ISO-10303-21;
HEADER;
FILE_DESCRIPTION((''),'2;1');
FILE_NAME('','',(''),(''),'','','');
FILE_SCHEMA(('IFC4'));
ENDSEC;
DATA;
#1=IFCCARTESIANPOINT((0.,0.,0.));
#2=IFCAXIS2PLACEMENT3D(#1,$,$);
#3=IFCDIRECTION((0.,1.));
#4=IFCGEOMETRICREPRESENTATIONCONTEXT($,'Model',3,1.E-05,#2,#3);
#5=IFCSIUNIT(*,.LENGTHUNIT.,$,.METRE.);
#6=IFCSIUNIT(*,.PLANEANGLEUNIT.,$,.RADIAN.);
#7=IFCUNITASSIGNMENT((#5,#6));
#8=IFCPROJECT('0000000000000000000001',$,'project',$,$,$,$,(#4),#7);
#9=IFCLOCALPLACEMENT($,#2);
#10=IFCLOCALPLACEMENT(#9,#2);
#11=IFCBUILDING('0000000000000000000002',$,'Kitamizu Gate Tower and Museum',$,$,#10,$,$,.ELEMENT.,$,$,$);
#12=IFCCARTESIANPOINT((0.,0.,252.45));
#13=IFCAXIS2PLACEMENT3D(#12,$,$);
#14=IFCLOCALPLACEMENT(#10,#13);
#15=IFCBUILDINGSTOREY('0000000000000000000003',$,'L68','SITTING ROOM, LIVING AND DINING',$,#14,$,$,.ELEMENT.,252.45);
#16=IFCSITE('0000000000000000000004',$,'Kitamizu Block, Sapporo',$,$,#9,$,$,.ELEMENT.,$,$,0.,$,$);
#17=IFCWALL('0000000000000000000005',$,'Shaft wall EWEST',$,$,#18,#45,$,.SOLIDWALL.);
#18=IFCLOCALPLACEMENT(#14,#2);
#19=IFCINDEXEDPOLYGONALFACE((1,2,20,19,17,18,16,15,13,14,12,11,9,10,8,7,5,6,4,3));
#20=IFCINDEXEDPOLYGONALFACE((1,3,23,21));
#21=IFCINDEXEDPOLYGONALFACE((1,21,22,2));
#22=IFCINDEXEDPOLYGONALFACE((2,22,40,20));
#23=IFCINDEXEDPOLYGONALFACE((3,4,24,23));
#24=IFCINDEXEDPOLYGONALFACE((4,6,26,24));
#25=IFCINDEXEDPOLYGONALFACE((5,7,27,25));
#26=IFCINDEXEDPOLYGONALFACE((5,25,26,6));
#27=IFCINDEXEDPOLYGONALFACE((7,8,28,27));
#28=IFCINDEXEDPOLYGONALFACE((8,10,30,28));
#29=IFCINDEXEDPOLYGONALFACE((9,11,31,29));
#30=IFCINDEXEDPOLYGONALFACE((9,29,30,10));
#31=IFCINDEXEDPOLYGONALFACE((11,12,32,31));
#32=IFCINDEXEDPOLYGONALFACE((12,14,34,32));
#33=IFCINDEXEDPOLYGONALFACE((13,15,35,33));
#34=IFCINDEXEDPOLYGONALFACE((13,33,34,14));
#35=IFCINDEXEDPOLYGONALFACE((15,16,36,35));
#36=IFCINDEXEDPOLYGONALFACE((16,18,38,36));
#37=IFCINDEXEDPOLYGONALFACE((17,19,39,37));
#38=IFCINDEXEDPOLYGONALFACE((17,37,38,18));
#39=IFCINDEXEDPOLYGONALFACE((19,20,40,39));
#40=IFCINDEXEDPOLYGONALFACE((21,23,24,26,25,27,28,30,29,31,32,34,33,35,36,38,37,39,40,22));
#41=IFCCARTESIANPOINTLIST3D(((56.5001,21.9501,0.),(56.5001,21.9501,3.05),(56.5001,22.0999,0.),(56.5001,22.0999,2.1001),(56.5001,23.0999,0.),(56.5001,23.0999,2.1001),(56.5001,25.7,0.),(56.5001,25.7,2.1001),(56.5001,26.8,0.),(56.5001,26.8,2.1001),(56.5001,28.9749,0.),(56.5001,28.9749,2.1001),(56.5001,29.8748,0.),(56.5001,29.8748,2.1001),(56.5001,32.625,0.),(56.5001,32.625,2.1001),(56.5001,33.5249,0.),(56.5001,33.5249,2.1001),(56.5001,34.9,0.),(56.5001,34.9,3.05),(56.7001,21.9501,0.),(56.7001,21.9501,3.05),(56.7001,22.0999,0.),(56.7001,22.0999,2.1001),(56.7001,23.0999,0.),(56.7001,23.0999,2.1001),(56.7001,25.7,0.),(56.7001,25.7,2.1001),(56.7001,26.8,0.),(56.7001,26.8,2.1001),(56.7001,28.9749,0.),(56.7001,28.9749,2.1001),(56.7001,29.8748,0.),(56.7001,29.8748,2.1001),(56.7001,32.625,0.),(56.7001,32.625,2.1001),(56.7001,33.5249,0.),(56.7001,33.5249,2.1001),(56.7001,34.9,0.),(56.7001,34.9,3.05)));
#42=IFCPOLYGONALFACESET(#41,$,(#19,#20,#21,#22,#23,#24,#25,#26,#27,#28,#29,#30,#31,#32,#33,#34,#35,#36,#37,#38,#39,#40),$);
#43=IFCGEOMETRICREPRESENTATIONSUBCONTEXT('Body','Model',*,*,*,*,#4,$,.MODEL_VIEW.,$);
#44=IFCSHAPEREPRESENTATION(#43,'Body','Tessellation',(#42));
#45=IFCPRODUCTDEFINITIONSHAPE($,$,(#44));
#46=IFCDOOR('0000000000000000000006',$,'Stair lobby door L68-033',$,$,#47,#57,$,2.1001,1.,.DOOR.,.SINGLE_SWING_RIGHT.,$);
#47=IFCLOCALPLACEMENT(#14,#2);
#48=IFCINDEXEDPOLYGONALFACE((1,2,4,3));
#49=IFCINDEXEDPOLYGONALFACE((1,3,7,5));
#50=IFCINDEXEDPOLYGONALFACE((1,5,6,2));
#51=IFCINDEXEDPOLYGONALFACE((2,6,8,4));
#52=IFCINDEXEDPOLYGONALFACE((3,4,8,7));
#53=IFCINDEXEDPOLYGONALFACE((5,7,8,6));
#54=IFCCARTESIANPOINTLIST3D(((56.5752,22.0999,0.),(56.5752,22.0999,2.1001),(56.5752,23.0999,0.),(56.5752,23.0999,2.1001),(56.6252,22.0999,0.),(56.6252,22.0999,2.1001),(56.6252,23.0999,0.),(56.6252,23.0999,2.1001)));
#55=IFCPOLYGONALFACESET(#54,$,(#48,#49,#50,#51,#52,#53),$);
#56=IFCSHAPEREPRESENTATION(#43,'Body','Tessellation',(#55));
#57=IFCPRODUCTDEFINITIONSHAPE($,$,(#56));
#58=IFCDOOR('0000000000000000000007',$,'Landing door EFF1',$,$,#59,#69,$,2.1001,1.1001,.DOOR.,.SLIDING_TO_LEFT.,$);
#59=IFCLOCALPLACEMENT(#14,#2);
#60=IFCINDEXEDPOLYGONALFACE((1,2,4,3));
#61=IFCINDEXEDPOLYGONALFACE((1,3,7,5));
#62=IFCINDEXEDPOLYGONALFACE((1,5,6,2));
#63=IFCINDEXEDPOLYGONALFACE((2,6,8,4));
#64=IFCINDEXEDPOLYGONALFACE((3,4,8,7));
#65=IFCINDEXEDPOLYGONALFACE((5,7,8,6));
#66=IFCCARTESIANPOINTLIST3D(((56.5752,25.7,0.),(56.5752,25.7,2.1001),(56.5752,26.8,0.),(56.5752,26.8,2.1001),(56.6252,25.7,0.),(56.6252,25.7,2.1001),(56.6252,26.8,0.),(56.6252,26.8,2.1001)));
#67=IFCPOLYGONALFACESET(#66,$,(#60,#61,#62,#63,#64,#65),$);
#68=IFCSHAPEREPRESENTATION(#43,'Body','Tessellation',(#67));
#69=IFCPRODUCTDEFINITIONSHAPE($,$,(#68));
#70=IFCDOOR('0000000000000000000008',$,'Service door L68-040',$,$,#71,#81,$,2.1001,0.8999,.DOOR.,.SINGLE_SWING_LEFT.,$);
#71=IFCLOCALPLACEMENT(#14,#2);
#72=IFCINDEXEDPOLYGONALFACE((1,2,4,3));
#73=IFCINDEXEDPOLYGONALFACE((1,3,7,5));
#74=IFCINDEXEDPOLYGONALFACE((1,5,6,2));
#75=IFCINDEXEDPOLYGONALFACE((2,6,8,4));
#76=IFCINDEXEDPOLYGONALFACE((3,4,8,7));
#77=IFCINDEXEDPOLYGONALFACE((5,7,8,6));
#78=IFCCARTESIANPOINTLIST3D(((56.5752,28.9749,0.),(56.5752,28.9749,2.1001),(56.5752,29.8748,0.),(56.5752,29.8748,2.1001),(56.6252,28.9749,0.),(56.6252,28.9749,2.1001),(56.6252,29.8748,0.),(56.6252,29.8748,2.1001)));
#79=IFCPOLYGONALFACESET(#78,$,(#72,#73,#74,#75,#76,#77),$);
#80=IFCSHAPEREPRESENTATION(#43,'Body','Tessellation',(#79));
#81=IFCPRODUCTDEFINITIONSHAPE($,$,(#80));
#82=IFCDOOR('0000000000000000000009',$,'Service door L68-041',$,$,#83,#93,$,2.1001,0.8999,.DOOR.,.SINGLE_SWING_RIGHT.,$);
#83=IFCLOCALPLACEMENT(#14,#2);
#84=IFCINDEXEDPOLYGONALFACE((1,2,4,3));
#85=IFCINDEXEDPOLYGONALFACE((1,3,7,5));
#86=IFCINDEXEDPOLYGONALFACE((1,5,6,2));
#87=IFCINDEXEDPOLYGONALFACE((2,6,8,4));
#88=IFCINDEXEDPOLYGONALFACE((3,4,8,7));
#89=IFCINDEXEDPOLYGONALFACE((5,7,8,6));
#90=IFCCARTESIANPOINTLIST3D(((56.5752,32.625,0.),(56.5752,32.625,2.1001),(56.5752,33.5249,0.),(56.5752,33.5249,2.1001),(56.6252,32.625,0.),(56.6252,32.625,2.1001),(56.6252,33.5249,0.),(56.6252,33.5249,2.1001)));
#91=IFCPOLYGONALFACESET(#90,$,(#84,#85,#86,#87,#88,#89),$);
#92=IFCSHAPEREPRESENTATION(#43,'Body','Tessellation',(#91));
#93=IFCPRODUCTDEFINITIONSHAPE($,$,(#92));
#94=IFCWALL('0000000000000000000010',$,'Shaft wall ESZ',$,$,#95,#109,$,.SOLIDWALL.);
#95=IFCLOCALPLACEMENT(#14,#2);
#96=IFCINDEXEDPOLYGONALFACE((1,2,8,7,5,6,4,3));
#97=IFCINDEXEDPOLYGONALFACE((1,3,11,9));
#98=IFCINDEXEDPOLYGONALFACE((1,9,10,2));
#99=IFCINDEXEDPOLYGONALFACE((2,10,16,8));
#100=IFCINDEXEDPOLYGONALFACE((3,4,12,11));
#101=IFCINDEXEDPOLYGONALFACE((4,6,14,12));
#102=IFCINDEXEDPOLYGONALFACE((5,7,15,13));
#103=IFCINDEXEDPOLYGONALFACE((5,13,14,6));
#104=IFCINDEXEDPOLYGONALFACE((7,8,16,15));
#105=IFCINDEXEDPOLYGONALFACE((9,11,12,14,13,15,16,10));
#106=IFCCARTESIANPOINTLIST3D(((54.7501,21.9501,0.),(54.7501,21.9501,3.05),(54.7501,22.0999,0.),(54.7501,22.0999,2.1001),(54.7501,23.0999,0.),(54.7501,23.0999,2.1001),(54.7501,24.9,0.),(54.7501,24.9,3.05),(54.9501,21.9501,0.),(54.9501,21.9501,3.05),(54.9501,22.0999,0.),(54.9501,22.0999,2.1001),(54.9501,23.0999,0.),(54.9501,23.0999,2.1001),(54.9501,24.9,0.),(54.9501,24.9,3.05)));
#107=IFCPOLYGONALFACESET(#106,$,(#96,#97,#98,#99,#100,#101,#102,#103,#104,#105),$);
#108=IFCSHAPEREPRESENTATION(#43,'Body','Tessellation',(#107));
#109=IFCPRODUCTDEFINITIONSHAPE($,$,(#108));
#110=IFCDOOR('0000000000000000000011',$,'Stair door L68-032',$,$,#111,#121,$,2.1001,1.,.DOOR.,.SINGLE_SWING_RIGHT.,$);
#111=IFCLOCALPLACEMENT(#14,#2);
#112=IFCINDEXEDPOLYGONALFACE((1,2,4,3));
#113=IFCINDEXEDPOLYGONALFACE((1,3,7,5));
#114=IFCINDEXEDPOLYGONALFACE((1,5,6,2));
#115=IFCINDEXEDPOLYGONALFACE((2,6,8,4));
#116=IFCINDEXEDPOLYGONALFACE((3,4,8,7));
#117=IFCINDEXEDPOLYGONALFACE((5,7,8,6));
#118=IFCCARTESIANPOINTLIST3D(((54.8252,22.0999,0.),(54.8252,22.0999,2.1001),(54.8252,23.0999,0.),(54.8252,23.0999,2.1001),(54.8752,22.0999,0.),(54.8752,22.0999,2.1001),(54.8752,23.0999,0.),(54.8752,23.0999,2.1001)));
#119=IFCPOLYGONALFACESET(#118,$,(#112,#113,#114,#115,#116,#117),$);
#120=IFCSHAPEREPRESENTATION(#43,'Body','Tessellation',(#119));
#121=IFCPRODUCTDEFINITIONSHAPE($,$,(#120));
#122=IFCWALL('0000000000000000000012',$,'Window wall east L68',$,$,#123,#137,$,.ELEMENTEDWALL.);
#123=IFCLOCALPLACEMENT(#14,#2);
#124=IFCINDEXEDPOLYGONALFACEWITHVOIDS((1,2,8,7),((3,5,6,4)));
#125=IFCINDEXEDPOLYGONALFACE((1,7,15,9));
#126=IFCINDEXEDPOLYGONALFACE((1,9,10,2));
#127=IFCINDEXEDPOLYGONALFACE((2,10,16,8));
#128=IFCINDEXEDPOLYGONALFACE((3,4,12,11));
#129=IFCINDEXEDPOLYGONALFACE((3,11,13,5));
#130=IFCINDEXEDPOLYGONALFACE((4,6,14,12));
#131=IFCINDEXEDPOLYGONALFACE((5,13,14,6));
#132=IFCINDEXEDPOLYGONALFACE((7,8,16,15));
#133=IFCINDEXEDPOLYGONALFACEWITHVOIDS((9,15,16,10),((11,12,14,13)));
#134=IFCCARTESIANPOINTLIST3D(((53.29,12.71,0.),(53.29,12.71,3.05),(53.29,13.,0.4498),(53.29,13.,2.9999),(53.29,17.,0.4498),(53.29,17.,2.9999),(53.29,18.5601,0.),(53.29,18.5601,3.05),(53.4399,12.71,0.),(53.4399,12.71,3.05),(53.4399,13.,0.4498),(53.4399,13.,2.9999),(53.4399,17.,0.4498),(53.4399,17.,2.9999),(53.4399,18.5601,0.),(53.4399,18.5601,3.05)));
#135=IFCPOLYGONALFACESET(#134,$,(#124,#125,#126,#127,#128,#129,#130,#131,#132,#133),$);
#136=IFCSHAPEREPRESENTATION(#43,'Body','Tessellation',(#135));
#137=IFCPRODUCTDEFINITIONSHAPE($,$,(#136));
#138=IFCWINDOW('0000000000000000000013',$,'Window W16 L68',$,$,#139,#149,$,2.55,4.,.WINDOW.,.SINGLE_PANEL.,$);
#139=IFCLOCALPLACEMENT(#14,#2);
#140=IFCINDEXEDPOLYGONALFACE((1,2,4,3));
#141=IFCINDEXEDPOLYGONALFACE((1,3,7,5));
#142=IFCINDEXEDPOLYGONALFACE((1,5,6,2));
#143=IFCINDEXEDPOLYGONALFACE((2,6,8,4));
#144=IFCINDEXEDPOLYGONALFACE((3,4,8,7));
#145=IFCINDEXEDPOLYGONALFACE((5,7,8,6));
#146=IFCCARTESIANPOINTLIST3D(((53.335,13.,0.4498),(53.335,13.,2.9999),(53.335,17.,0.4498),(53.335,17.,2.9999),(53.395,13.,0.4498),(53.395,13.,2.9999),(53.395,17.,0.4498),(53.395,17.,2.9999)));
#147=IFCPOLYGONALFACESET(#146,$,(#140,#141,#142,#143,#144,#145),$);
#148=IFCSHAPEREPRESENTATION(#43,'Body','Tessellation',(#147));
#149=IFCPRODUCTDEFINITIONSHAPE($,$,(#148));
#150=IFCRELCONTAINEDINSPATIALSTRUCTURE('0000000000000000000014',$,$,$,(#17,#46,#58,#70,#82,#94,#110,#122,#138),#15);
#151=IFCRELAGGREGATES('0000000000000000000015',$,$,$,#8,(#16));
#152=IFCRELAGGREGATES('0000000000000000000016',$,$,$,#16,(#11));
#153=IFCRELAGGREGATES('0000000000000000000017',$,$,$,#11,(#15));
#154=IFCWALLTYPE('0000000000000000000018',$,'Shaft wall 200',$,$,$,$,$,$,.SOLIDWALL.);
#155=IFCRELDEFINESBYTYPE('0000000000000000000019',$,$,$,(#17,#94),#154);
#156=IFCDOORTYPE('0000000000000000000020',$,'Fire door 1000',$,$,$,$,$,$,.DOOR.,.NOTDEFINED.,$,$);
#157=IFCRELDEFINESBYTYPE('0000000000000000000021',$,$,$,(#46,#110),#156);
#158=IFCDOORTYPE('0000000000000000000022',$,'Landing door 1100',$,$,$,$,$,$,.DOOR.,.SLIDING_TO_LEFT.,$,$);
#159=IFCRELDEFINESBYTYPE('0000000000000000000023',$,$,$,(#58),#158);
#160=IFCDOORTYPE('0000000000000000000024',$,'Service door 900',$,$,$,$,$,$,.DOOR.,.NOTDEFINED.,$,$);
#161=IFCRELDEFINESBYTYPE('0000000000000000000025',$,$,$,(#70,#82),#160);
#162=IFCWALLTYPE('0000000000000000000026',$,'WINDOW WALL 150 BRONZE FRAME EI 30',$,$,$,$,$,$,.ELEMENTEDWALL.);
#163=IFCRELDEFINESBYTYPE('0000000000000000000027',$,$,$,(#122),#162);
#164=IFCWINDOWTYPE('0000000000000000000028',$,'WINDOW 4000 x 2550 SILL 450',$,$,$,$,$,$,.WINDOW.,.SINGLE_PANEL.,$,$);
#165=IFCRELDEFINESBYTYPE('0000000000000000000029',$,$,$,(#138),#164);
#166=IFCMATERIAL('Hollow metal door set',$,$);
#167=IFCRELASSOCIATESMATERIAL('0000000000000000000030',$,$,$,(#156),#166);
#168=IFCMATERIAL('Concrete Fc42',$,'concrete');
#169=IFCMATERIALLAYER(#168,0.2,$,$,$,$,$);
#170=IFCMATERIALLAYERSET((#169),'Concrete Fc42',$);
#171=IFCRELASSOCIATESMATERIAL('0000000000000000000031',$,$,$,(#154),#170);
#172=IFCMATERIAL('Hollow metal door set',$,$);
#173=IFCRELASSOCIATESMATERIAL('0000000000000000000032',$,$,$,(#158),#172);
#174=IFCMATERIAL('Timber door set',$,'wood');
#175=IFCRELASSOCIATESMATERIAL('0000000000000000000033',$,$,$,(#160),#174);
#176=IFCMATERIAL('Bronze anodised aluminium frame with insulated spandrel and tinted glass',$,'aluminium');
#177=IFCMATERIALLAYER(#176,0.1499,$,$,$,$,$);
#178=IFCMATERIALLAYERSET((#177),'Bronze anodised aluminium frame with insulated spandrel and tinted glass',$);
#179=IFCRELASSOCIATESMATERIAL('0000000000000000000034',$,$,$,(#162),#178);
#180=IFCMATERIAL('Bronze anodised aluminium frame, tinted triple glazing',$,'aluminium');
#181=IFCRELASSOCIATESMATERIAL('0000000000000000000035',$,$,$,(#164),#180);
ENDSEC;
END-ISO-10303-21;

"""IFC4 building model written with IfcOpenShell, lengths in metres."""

from ifc_helpers import new_model, si_unit, direction, frame, frame_2d, origin, place, context, subcontext, project, spatial, rectangle, extrude, material, layer, layer_set, type_object, element, fill, save


model = new_model("IFC4")

# Units and contexts
model_context = context("Model", 3, precision=1e-05, world=origin(), true_north=direction((0.0, 1.0)))
body_context = subcontext(model_context, "Body", "Model", "MODEL_VIEW")
ifc_project = project(units=[si_unit("LENGTHUNIT", "METRE"), si_unit("PLANEANGLEUNIT", "RADIAN")], contexts=[model_context])

# Site, building, storey
site_placement = place(None, origin())
site = spatial("IfcSite", under=ifc_project, at=site_placement, Name="Kitamizu Block, Sapporo", CompositionType="ELEMENT", RefElevation=0.0)
building_placement = place(site_placement, origin())
building = spatial("IfcBuilding", under=site, at=building_placement, Name="Kitamizu Gate Tower and Museum", CompositionType="ELEMENT")
storey_placement = place(building_placement, frame((0.0, 0.0, 252.45)))
storey = spatial("IfcBuildingStorey", under=building, at=storey_placement, Name="L68", Description="SITTING ROOM, LIVING AND DINING", CompositionType="ELEMENT", Elevation=252.45)

# Shared definitions
ifc_material_1 = material(Name="Hollow metal door set")
door_type_1 = type_object("IfcDoorType", Name="Fire door 1000", OperationType="NOTDEFINED", PredefinedType="DOOR", material=ifc_material_1)

# Wall, openings, doors
ifc_material_2 = material(Name="Concrete Fc42", Category="concrete")
ifc_layer_1 = layer(ifc_material_2, 0.2)
ifc_layer_set_1 = layer_set([ifc_layer_1], Name="Concrete Fc42")
wall_type_1 = type_object("IfcWallType", Name="Shaft wall 200", PredefinedType="SOLIDWALL", material=ifc_layer_set_1)
wall_1_placement = place(storey_placement, frame((56.6001, 21.95, 0.0), z_axis=(0.0, 0.0, 1.0), x_axis=(0.0, 1.0, 0.0)))
wall_1 = element("IfcWall", 1, at=wall_1_placement, inside=storey, type_object=wall_type_1, Name="Shaft wall EWEST", PredefinedType="SOLIDWALL", context=body_context, shape_type="SweptSolid", body=[
    extrude(rectangle(XDim=12.95, YDim=0.2, at=frame_2d((6.4751, 0.0))), origin(), (0.0, 0.0, 1.0), 3.05),
])
opening_1_placement = place(wall_1_placement, frame((3.75, 0.0, 0.0)))
opening_1 = element("IfcOpeningElement", 2, at=opening_1_placement, cuts=wall_1, PredefinedType="OPENING", context=body_context, shape_type="SweptSolid", body=[
    extrude(rectangle(XDim=1.1001, YDim=2.1001, at=frame_2d((0.55, 1.05))), frame((0.0, 0.1099, 0.0), z_axis=(0.0, -1.0, 0.0), x_axis=(1.0, 0.0, 0.0)), (0.0, 0.0, 1.0), 0.22),
])
opening_2_placement = place(wall_1_placement, frame((0.1499, 0.0, 0.0)))
opening_2 = element("IfcOpeningElement", 3, at=opening_2_placement, cuts=wall_1, PredefinedType="OPENING", context=body_context, shape_type="SweptSolid", body=[
    extrude(rectangle(XDim=1.0, YDim=2.1001, at=frame_2d((0.5, 1.05))), frame((0.0, 0.1099, 0.0), z_axis=(0.0, -1.0, 0.0), x_axis=(1.0, 0.0, 0.0)), (0.0, 0.0, 1.0), 0.22),
])
opening_3_placement = place(wall_1_placement, frame((7.0249, 0.0, 0.0)))
opening_3 = element("IfcOpeningElement", 4, at=opening_3_placement, cuts=wall_1, PredefinedType="OPENING", context=body_context, shape_type="SweptSolid", body=[
    extrude(rectangle(XDim=0.8999, YDim=2.1001, at=frame_2d((0.45, 1.05))), frame((0.0, 0.1099, 0.0), z_axis=(0.0, -1.0, 0.0), x_axis=(1.0, 0.0, 0.0)), (0.0, 0.0, 1.0), 0.22),
])
opening_4_placement = place(wall_1_placement, frame((10.675, 0.0, 0.0)))
opening_4 = element("IfcOpeningElement", 5, at=opening_4_placement, cuts=wall_1, PredefinedType="OPENING", context=body_context, shape_type="SweptSolid", body=[
    extrude(rectangle(XDim=0.8999, YDim=2.1001, at=frame_2d((0.45, 1.05))), frame((0.0, 0.1099, 0.0), z_axis=(0.0, -1.0, 0.0), x_axis=(1.0, 0.0, 0.0)), (0.0, 0.0, 1.0), 0.22),
])
door_1_placement = place(opening_2_placement, origin())
door_1 = element("IfcDoor", 6, at=door_1_placement, inside=storey, type_object=door_type_1, Name="Stair lobby door L68-033", OperationType="SINGLE_SWING_RIGHT", OverallHeight=2.1001, OverallWidth=1.0, PredefinedType="DOOR", context=body_context, shape_type="SweptSolid", body=[
    extrude(rectangle(XDim=1.0, YDim=2.1001, at=frame_2d((0.5, 1.05))), frame((0.0, 0.0249, 0.0), z_axis=(0.0, -1.0, 0.0), x_axis=(1.0, 0.0, 0.0)), (0.0, 0.0, 1.0), 0.05),
])
fill(opening_2, door_1)
ifc_material_3 = material(Name="Hollow metal door set")
door_type_2 = type_object("IfcDoorType", Name="Landing door 1100", OperationType="SLIDING_TO_LEFT", PredefinedType="DOOR", material=ifc_material_3)
door_2_placement = place(opening_1_placement, origin())
door_2 = element("IfcDoor", 7, at=door_2_placement, inside=storey, type_object=door_type_2, Name="Landing door EFF1", OperationType="SLIDING_TO_LEFT", OverallHeight=2.1001, OverallWidth=1.1001, PredefinedType="DOOR", context=body_context, shape_type="SweptSolid", body=[
    extrude(rectangle(XDim=1.1001, YDim=2.1001, at=frame_2d((0.55, 1.05))), frame((0.0, 0.0249, 0.0), z_axis=(0.0, -1.0, 0.0), x_axis=(1.0, 0.0, 0.0)), (0.0, 0.0, 1.0), 0.05),
])
fill(opening_1, door_2)
ifc_material_4 = material(Name="Timber door set", Category="wood")
door_type_3 = type_object("IfcDoorType", Name="Service door 900", OperationType="NOTDEFINED", PredefinedType="DOOR", material=ifc_material_4)
door_3_placement = place(opening_3_placement, origin())
door_3 = element("IfcDoor", 8, at=door_3_placement, inside=storey, type_object=door_type_3, Name="Service door L68-040", OperationType="SINGLE_SWING_LEFT", OverallHeight=2.1001, OverallWidth=0.8999, PredefinedType="DOOR", context=body_context, shape_type="SweptSolid", body=[
    extrude(rectangle(XDim=0.8999, YDim=2.1001, at=frame_2d((0.45, 1.05))), frame((0.0, 0.0249, 0.0), z_axis=(0.0, -1.0, 0.0), x_axis=(1.0, 0.0, 0.0)), (0.0, 0.0, 1.0), 0.05),
])
fill(opening_3, door_3)
door_4_placement = place(opening_4_placement, origin())
door_4 = element("IfcDoor", 9, at=door_4_placement, inside=storey, type_object=door_type_3, Name="Service door L68-041", OperationType="SINGLE_SWING_RIGHT", OverallHeight=2.1001, OverallWidth=0.8999, PredefinedType="DOOR", context=body_context, shape_type="SweptSolid", body=[
    extrude(rectangle(XDim=0.8999, YDim=2.1001, at=frame_2d((0.45, 1.05))), frame((0.0, 0.0249, 0.0), z_axis=(0.0, -1.0, 0.0), x_axis=(1.0, 0.0, 0.0)), (0.0, 0.0, 1.0), 0.05),
])
fill(opening_4, door_4)

# Wall, opening, door
wall_2_placement = place(storey_placement, frame((54.8501, 21.95, 0.0), z_axis=(0.0, 0.0, 1.0), x_axis=(0.0, 1.0, 0.0)))
wall_2 = element("IfcWall", 10, at=wall_2_placement, inside=storey, type_object=wall_type_1, Name="Shaft wall ESZ", PredefinedType="SOLIDWALL", context=body_context, shape_type="SweptSolid", body=[
    extrude(rectangle(XDim=2.95, YDim=0.2, at=frame_2d((1.4751, 0.0))), origin(), (0.0, 0.0, 1.0), 3.05),
])
opening_5_placement = place(wall_2_placement, frame((0.1499, 0.0, 0.0)))
opening_5 = element("IfcOpeningElement", 11, at=opening_5_placement, cuts=wall_2, PredefinedType="OPENING", context=body_context, shape_type="SweptSolid", body=[
    extrude(rectangle(XDim=1.0, YDim=2.1001, at=frame_2d((0.5, 1.05))), frame((0.0, 0.1099, 0.0), z_axis=(0.0, -1.0, 0.0), x_axis=(1.0, 0.0, 0.0)), (0.0, 0.0, 1.0), 0.22),
])
door_5_placement = place(opening_5_placement, origin())
door_5 = element("IfcDoor", 12, at=door_5_placement, inside=storey, type_object=door_type_1, Name="Stair door L68-032", OperationType="SINGLE_SWING_RIGHT", OverallHeight=2.1001, OverallWidth=1.0, PredefinedType="DOOR", context=body_context, shape_type="SweptSolid", body=[
    extrude(rectangle(XDim=1.0, YDim=2.1001, at=frame_2d((0.5, 1.05))), frame((0.0, 0.0249, 0.0), z_axis=(0.0, -1.0, 0.0), x_axis=(1.0, 0.0, 0.0)), (0.0, 0.0, 1.0), 0.05),
])
fill(opening_5, door_5)

# Wall, opening, window
ifc_material_5 = material(Name="Bronze anodised aluminium frame with insulated spandrel and tinted glass", Category="aluminium")
ifc_layer_2 = layer(ifc_material_5, 0.1499)
ifc_layer_set_2 = layer_set([ifc_layer_2], Name="Bronze anodised aluminium frame with insulated spandrel and tinted glass")
wall_type_2 = type_object("IfcWallType", Name="WINDOW WALL 150 BRONZE FRAME EI 30", PredefinedType="ELEMENTEDWALL", material=ifc_layer_set_2)
wall_3_placement = place(storey_placement, frame((53.365, 12.71, 0.0), z_axis=(0.0, 0.0, 1.0), x_axis=(0.0, 1.0, 0.0)))
wall_3 = element("IfcWall", 13, at=wall_3_placement, inside=storey, type_object=wall_type_2, Name="Window wall east L68", PredefinedType="ELEMENTEDWALL", context=body_context, shape_type="SweptSolid", body=[
    extrude(rectangle(XDim=5.8501, YDim=0.1499, at=frame_2d((2.925, 0.0))), origin(), (0.0, 0.0, 1.0), 3.05),
])
opening_6_placement = place(wall_3_placement, frame((0.29, 0.0, 0.45)))
opening_6 = element("IfcOpeningElement", 14, at=opening_6_placement, cuts=wall_3, PredefinedType="OPENING", context=body_context, shape_type="SweptSolid", body=[
    extrude(rectangle(XDim=4.0, YDim=2.55, at=frame_2d((2.0, 1.2749))), frame((0.0, 0.085, 0.0), z_axis=(0.0, -1.0, 0.0), x_axis=(1.0, 0.0, 0.0)), (0.0, 0.0, 1.0), 0.1699),
])
ifc_material_6 = material(Name="Bronze anodised aluminium frame, tinted triple glazing", Category="aluminium")
window_type = type_object("IfcWindowType", Name="WINDOW 4000 x 2550 SILL 450", PartitioningType="SINGLE_PANEL", PredefinedType="WINDOW", material=ifc_material_6)
window_1_placement = place(opening_6_placement, origin())
window_1 = element("IfcWindow", 15, at=window_1_placement, inside=storey, type_object=window_type, Name="Window W16 L68", OverallHeight=2.55, OverallWidth=4.0, PartitioningType="SINGLE_PANEL", PredefinedType="WINDOW", context=body_context, shape_type="SweptSolid", body=[
    extrude(rectangle(XDim=4.0, YDim=2.55, at=frame_2d((2.0, 1.2749))), frame((0.0, 0.03, 0.0), z_axis=(0.0, -1.0, 0.0), x_axis=(1.0, 0.0, 0.0)), (0.0, 0.0, 1.0), 0.0601),
])
fill(opening_6, window_1)

save(model, "model.ifc")
